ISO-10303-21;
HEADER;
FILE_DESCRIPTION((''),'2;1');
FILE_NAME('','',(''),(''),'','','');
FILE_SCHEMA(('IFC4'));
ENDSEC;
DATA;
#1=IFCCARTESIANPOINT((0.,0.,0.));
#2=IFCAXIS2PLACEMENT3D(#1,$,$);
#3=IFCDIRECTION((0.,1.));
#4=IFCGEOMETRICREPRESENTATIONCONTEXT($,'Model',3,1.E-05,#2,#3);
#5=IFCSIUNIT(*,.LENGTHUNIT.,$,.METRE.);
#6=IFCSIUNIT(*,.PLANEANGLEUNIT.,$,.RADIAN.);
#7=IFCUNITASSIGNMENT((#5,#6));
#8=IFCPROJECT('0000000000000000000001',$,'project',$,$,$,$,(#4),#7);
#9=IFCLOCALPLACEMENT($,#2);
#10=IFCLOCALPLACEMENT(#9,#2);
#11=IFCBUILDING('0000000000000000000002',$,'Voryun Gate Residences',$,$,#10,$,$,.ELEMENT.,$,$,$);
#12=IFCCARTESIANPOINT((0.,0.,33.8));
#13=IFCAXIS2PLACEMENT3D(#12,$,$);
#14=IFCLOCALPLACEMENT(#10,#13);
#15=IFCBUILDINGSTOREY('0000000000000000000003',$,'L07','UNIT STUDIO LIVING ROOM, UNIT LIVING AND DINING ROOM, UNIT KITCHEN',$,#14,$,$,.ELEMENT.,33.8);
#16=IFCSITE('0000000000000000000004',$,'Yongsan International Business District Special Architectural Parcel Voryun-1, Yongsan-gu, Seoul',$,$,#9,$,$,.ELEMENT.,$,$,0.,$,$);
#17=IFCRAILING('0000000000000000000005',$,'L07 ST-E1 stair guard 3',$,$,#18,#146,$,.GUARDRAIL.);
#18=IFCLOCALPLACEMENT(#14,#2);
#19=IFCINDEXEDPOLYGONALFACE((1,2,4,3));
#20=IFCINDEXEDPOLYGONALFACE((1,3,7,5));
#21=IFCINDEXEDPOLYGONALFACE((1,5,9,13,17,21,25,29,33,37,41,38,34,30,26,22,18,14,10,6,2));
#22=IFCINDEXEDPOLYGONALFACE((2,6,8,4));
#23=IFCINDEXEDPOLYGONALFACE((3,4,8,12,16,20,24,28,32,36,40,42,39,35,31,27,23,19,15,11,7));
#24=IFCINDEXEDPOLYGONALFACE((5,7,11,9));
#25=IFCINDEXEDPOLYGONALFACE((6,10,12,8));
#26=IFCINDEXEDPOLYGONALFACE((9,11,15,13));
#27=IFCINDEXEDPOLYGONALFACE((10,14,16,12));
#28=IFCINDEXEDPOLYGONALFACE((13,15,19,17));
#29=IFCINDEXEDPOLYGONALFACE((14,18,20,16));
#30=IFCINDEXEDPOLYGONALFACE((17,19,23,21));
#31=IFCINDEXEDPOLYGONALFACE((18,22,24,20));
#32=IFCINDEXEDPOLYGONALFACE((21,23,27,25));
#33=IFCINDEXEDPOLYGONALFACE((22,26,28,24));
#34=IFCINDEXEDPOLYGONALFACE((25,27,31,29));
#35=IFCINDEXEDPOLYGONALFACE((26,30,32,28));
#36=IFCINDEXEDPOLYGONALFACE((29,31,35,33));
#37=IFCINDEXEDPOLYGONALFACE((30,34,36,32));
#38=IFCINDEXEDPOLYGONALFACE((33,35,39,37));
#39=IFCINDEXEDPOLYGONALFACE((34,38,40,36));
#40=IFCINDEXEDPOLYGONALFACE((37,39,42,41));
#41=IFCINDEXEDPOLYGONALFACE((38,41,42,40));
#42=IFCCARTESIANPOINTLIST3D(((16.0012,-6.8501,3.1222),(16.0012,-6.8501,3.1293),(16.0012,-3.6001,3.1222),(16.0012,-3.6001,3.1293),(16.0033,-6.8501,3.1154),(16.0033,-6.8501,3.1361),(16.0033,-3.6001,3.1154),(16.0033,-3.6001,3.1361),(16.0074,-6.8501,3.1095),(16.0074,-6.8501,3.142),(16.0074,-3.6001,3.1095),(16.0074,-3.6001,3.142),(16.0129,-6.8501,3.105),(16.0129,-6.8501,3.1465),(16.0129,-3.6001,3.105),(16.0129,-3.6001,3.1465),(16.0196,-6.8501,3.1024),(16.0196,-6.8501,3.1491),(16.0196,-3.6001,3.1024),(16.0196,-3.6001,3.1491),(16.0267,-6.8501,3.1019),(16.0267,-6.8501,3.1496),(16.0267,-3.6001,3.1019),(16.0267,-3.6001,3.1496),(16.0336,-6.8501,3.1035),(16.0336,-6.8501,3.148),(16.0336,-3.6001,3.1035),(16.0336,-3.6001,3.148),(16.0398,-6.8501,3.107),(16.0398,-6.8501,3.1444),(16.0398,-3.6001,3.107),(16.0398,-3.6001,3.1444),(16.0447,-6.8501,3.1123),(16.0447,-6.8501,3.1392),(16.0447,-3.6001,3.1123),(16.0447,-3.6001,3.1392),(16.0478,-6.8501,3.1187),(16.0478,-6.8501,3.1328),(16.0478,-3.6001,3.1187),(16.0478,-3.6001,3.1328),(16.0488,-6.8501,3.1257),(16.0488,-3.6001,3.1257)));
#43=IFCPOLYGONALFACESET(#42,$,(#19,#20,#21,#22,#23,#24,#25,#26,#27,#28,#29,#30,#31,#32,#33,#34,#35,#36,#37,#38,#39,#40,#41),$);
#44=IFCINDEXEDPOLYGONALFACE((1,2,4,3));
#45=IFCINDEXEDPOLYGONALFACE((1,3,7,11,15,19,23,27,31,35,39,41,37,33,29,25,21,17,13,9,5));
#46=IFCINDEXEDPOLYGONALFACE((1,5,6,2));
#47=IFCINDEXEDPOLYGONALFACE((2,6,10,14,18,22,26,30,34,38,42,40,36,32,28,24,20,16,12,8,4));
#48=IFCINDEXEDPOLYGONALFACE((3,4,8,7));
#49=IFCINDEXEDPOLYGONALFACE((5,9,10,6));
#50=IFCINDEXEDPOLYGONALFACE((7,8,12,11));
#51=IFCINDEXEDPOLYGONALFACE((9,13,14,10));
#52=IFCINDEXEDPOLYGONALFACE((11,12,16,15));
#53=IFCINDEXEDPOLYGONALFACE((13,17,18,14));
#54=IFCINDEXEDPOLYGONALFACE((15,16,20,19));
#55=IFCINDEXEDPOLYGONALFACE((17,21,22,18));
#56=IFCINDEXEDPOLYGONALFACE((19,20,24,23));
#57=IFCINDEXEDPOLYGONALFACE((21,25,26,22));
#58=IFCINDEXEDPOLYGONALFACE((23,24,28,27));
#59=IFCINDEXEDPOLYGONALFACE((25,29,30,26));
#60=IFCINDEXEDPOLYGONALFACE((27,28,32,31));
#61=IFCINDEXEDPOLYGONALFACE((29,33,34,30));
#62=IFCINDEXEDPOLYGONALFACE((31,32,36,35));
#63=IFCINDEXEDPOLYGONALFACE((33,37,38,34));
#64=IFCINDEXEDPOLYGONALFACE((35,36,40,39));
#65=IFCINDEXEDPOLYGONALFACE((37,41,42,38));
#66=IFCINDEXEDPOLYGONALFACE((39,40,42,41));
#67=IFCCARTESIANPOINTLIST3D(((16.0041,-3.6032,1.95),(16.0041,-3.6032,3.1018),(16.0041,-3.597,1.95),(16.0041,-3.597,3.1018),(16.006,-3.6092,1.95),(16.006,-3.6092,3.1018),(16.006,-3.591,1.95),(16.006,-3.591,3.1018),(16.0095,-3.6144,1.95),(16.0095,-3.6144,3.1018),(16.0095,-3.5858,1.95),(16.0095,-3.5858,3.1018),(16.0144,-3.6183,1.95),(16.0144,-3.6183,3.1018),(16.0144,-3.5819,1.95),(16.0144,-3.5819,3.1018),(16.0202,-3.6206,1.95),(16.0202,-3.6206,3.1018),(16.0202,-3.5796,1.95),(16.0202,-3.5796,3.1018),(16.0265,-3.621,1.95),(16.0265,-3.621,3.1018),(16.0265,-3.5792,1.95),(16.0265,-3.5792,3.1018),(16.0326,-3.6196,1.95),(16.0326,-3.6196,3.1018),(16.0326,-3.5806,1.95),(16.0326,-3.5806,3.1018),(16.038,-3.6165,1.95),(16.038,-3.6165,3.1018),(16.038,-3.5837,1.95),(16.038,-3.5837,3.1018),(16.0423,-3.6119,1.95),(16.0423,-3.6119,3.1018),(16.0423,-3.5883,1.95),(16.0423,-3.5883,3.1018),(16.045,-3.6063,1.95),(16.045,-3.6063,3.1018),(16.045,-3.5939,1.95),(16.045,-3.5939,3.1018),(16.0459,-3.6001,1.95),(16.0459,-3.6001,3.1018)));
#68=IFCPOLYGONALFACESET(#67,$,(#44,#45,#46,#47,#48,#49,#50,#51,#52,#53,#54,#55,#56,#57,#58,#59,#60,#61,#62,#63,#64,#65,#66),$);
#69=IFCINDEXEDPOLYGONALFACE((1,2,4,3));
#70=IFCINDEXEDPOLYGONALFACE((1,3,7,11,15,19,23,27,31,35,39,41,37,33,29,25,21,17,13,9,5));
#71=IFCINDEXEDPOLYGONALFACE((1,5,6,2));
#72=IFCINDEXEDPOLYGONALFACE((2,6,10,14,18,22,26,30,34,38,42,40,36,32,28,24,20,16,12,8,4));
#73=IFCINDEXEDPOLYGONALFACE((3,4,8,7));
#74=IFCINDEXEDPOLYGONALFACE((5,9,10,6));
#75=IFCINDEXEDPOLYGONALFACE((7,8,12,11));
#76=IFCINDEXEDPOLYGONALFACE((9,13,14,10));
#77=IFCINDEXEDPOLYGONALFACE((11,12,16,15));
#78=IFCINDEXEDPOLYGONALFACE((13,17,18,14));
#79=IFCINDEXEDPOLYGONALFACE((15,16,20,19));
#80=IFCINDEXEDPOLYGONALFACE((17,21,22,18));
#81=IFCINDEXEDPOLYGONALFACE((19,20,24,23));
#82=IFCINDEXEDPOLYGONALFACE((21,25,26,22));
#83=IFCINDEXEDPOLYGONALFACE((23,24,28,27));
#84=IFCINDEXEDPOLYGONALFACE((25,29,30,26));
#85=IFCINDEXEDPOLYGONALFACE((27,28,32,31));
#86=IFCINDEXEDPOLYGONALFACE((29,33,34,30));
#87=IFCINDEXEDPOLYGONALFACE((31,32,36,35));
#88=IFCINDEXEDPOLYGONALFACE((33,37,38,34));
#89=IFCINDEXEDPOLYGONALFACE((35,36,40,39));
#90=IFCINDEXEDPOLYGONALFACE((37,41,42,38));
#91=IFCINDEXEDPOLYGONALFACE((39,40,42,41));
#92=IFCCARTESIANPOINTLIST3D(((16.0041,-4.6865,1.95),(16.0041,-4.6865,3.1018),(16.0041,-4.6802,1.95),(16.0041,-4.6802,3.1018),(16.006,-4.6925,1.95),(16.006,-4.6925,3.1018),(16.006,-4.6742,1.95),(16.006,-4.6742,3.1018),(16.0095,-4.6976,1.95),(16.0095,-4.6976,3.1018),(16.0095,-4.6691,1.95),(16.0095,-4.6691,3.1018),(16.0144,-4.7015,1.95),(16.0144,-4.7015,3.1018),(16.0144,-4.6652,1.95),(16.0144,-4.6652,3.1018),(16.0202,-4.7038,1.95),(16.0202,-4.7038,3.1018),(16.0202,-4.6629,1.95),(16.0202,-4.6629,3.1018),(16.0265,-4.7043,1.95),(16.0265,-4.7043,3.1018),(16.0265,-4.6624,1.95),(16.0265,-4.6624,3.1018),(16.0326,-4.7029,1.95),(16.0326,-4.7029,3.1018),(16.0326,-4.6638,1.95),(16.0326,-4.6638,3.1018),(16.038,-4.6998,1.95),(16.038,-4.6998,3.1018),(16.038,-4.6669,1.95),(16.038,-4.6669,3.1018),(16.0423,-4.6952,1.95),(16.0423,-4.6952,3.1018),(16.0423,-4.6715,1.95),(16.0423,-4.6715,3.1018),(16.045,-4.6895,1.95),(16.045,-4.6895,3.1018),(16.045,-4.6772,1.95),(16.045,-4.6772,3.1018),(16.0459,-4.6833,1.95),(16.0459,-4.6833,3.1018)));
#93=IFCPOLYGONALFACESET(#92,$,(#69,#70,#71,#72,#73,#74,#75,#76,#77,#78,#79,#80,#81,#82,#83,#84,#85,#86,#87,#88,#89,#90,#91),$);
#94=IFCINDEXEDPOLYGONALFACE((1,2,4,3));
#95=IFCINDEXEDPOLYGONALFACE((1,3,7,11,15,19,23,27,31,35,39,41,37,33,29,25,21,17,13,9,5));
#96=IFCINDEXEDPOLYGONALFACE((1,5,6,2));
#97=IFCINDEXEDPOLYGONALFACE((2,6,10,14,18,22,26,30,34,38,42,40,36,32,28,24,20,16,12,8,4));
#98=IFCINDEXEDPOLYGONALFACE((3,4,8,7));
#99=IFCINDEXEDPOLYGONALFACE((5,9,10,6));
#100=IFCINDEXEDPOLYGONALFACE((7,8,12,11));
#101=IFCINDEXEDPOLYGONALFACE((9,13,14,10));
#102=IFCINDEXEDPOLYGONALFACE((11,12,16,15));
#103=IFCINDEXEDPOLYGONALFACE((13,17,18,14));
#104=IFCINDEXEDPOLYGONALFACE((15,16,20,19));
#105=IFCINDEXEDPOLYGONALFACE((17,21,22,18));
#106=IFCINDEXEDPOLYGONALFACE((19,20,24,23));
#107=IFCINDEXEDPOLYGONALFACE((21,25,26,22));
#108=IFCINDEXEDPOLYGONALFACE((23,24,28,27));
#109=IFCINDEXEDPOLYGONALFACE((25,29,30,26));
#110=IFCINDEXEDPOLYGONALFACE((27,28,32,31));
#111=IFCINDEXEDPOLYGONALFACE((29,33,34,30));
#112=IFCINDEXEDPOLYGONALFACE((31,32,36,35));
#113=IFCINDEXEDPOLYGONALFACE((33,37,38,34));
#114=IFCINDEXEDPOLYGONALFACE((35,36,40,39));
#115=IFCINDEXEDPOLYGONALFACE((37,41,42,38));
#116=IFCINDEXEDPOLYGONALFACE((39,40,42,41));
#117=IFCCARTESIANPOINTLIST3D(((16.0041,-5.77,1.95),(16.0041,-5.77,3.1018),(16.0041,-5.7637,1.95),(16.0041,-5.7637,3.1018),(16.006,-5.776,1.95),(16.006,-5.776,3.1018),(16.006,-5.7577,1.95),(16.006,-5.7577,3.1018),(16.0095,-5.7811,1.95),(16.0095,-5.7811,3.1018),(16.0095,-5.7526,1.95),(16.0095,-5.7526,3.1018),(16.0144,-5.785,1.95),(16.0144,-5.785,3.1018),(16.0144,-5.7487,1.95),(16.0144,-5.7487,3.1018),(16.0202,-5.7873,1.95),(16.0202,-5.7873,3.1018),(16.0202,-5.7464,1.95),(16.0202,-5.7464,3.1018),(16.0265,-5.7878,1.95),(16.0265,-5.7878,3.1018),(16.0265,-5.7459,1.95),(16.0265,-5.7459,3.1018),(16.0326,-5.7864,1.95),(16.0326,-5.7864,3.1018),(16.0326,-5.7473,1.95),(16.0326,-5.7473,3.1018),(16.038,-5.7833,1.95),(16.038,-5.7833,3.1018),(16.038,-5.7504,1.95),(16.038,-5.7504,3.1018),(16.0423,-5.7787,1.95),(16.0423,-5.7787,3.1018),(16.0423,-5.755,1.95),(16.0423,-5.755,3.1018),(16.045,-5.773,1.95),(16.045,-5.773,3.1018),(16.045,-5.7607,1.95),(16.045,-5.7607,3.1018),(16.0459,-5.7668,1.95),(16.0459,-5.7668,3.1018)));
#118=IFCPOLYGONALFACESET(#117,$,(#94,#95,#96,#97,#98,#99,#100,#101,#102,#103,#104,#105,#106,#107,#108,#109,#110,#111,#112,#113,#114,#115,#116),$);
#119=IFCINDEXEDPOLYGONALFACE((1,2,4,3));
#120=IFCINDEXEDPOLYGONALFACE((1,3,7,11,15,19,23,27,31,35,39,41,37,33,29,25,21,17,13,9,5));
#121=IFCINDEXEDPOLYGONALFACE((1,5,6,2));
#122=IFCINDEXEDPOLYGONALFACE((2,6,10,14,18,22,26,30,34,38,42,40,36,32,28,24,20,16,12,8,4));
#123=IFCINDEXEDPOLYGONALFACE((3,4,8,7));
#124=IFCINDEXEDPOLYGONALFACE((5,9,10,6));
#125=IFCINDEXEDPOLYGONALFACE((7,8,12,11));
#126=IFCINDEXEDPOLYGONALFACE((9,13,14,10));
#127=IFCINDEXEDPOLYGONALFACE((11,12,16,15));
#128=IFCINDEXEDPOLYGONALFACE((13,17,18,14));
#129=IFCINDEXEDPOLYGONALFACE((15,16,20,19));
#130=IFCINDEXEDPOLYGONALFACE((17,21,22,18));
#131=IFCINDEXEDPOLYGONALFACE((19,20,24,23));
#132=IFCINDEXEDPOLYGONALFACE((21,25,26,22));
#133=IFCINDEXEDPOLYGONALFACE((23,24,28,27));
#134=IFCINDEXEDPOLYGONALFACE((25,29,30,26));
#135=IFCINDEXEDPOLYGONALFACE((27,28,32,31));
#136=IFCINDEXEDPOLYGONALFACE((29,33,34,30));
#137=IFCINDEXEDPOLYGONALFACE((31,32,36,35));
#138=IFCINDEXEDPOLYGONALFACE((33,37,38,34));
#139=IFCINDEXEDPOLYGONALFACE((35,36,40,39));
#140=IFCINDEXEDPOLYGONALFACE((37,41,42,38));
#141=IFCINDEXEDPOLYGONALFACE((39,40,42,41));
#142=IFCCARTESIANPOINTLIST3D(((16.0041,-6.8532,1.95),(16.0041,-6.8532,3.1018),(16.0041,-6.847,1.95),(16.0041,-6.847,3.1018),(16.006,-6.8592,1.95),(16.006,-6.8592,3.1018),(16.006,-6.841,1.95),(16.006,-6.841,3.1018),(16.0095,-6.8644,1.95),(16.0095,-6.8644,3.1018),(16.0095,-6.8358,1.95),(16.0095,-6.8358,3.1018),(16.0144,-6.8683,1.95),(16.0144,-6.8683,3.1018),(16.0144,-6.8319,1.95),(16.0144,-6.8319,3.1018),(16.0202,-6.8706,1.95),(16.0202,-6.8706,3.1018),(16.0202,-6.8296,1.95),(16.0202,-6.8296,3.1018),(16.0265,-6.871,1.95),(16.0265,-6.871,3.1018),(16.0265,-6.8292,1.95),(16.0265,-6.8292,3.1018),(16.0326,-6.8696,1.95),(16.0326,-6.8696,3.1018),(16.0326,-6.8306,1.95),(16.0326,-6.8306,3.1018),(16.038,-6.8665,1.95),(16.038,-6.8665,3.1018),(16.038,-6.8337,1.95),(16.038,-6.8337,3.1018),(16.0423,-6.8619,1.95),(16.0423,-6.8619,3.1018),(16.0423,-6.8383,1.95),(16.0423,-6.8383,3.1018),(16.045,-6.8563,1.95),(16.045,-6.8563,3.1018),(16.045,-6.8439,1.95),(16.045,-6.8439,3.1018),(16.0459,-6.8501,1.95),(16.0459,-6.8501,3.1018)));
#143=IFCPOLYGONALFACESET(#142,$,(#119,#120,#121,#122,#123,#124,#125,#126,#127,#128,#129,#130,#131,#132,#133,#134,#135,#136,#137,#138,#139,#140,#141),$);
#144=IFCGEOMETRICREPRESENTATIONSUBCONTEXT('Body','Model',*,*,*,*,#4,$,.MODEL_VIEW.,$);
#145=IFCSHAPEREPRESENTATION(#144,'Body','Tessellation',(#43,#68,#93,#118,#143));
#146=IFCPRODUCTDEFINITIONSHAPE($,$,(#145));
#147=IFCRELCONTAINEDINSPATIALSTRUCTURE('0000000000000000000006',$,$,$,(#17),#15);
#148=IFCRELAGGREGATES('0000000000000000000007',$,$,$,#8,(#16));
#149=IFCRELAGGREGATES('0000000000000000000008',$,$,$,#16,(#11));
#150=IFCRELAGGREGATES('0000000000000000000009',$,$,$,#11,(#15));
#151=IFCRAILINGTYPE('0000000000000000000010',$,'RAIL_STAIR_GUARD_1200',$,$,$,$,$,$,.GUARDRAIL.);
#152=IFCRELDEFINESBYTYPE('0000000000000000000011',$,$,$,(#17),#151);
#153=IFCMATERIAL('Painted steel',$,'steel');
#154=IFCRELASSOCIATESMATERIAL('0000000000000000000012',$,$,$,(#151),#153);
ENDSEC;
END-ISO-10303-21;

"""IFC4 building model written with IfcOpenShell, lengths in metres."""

from ifc_helpers import new_model, si_unit, direction, frame, origin, origin_2d, place, context, subcontext, project, spatial, circle, extrude, material, type_object, element, save


model = new_model("IFC4")

# Units and contexts
model_context = context("Model", 3, precision=1e-05, world=origin(), true_north=direction((0.0, 1.0)))
body_context = subcontext(model_context, "Body", "Model", "MODEL_VIEW")
ifc_project = project(units=[si_unit("LENGTHUNIT", "METRE"), si_unit("PLANEANGLEUNIT", "RADIAN")], contexts=[model_context])

# Site, building, storey
site_placement = place(None, origin())
site = spatial("IfcSite", under=ifc_project, at=site_placement, Name="Yongsan International Business District Special Architectural Parcel Voryun-1, Yongsan-gu, Seoul", CompositionType="ELEMENT", RefElevation=0.0)
building_placement = place(site_placement, origin())
building = spatial("IfcBuilding", under=site, at=building_placement, Name="Voryun Gate Residences", CompositionType="ELEMENT")
storey_placement = place(building_placement, frame((0.0, 0.0, 33.8)))
storey = spatial("IfcBuildingStorey", under=building, at=storey_placement, Name="L07", Description="UNIT STUDIO LIVING ROOM, UNIT LIVING AND DINING ROOM, UNIT KITCHEN", CompositionType="ELEMENT", Elevation=33.8)

# Railing
ifc_material_1 = material(Name="Painted steel", Category="steel")
railing_type_1 = type_object("IfcRailingType", Name="RAIL_STAIR_GUARD_1200", PredefinedType="GUARDRAIL", material=ifc_material_1)
for number, where, name in (
    (1, (16.0249, -3.6001, 1.95), "L07 ST-E1 stair guard 3"),
):
    element("IfcRailing", number, at=place(storey_placement, frame(where)), inside=storey, type_object=railing_type_1, Name=name, PredefinedType="GUARDRAIL", context=body_context, shape_type="SweptSolid", body=[
        extrude(circle(Radius=0.0239, at=origin_2d()), frame((0.0, 0.0, 1.1758), z_axis=(0.0, -1.0, 0.0), x_axis=(1.0, 0.0, 0.0)), (0.0, 0.0, 1.0), 3.25),
        extrude(circle(Radius=0.021, at=origin_2d()), origin(), (0.0, 0.0, 1.0), 1.1519),
        extrude(circle(Radius=0.021, at=origin_2d()), frame((0.0, -1.0833, 0.0)), (0.0, 0.0, 1.0), 1.1519),
        extrude(circle(Radius=0.021, at=origin_2d()), frame((0.0, -2.1667, 0.0)), (0.0, 0.0, 1.0), 1.1519),
        extrude(circle(Radius=0.021, at=origin_2d()), frame((0.0, -3.25, 0.0)), (0.0, 0.0, 1.0), 1.1519),
    ])

save(model, "model.ifc")
